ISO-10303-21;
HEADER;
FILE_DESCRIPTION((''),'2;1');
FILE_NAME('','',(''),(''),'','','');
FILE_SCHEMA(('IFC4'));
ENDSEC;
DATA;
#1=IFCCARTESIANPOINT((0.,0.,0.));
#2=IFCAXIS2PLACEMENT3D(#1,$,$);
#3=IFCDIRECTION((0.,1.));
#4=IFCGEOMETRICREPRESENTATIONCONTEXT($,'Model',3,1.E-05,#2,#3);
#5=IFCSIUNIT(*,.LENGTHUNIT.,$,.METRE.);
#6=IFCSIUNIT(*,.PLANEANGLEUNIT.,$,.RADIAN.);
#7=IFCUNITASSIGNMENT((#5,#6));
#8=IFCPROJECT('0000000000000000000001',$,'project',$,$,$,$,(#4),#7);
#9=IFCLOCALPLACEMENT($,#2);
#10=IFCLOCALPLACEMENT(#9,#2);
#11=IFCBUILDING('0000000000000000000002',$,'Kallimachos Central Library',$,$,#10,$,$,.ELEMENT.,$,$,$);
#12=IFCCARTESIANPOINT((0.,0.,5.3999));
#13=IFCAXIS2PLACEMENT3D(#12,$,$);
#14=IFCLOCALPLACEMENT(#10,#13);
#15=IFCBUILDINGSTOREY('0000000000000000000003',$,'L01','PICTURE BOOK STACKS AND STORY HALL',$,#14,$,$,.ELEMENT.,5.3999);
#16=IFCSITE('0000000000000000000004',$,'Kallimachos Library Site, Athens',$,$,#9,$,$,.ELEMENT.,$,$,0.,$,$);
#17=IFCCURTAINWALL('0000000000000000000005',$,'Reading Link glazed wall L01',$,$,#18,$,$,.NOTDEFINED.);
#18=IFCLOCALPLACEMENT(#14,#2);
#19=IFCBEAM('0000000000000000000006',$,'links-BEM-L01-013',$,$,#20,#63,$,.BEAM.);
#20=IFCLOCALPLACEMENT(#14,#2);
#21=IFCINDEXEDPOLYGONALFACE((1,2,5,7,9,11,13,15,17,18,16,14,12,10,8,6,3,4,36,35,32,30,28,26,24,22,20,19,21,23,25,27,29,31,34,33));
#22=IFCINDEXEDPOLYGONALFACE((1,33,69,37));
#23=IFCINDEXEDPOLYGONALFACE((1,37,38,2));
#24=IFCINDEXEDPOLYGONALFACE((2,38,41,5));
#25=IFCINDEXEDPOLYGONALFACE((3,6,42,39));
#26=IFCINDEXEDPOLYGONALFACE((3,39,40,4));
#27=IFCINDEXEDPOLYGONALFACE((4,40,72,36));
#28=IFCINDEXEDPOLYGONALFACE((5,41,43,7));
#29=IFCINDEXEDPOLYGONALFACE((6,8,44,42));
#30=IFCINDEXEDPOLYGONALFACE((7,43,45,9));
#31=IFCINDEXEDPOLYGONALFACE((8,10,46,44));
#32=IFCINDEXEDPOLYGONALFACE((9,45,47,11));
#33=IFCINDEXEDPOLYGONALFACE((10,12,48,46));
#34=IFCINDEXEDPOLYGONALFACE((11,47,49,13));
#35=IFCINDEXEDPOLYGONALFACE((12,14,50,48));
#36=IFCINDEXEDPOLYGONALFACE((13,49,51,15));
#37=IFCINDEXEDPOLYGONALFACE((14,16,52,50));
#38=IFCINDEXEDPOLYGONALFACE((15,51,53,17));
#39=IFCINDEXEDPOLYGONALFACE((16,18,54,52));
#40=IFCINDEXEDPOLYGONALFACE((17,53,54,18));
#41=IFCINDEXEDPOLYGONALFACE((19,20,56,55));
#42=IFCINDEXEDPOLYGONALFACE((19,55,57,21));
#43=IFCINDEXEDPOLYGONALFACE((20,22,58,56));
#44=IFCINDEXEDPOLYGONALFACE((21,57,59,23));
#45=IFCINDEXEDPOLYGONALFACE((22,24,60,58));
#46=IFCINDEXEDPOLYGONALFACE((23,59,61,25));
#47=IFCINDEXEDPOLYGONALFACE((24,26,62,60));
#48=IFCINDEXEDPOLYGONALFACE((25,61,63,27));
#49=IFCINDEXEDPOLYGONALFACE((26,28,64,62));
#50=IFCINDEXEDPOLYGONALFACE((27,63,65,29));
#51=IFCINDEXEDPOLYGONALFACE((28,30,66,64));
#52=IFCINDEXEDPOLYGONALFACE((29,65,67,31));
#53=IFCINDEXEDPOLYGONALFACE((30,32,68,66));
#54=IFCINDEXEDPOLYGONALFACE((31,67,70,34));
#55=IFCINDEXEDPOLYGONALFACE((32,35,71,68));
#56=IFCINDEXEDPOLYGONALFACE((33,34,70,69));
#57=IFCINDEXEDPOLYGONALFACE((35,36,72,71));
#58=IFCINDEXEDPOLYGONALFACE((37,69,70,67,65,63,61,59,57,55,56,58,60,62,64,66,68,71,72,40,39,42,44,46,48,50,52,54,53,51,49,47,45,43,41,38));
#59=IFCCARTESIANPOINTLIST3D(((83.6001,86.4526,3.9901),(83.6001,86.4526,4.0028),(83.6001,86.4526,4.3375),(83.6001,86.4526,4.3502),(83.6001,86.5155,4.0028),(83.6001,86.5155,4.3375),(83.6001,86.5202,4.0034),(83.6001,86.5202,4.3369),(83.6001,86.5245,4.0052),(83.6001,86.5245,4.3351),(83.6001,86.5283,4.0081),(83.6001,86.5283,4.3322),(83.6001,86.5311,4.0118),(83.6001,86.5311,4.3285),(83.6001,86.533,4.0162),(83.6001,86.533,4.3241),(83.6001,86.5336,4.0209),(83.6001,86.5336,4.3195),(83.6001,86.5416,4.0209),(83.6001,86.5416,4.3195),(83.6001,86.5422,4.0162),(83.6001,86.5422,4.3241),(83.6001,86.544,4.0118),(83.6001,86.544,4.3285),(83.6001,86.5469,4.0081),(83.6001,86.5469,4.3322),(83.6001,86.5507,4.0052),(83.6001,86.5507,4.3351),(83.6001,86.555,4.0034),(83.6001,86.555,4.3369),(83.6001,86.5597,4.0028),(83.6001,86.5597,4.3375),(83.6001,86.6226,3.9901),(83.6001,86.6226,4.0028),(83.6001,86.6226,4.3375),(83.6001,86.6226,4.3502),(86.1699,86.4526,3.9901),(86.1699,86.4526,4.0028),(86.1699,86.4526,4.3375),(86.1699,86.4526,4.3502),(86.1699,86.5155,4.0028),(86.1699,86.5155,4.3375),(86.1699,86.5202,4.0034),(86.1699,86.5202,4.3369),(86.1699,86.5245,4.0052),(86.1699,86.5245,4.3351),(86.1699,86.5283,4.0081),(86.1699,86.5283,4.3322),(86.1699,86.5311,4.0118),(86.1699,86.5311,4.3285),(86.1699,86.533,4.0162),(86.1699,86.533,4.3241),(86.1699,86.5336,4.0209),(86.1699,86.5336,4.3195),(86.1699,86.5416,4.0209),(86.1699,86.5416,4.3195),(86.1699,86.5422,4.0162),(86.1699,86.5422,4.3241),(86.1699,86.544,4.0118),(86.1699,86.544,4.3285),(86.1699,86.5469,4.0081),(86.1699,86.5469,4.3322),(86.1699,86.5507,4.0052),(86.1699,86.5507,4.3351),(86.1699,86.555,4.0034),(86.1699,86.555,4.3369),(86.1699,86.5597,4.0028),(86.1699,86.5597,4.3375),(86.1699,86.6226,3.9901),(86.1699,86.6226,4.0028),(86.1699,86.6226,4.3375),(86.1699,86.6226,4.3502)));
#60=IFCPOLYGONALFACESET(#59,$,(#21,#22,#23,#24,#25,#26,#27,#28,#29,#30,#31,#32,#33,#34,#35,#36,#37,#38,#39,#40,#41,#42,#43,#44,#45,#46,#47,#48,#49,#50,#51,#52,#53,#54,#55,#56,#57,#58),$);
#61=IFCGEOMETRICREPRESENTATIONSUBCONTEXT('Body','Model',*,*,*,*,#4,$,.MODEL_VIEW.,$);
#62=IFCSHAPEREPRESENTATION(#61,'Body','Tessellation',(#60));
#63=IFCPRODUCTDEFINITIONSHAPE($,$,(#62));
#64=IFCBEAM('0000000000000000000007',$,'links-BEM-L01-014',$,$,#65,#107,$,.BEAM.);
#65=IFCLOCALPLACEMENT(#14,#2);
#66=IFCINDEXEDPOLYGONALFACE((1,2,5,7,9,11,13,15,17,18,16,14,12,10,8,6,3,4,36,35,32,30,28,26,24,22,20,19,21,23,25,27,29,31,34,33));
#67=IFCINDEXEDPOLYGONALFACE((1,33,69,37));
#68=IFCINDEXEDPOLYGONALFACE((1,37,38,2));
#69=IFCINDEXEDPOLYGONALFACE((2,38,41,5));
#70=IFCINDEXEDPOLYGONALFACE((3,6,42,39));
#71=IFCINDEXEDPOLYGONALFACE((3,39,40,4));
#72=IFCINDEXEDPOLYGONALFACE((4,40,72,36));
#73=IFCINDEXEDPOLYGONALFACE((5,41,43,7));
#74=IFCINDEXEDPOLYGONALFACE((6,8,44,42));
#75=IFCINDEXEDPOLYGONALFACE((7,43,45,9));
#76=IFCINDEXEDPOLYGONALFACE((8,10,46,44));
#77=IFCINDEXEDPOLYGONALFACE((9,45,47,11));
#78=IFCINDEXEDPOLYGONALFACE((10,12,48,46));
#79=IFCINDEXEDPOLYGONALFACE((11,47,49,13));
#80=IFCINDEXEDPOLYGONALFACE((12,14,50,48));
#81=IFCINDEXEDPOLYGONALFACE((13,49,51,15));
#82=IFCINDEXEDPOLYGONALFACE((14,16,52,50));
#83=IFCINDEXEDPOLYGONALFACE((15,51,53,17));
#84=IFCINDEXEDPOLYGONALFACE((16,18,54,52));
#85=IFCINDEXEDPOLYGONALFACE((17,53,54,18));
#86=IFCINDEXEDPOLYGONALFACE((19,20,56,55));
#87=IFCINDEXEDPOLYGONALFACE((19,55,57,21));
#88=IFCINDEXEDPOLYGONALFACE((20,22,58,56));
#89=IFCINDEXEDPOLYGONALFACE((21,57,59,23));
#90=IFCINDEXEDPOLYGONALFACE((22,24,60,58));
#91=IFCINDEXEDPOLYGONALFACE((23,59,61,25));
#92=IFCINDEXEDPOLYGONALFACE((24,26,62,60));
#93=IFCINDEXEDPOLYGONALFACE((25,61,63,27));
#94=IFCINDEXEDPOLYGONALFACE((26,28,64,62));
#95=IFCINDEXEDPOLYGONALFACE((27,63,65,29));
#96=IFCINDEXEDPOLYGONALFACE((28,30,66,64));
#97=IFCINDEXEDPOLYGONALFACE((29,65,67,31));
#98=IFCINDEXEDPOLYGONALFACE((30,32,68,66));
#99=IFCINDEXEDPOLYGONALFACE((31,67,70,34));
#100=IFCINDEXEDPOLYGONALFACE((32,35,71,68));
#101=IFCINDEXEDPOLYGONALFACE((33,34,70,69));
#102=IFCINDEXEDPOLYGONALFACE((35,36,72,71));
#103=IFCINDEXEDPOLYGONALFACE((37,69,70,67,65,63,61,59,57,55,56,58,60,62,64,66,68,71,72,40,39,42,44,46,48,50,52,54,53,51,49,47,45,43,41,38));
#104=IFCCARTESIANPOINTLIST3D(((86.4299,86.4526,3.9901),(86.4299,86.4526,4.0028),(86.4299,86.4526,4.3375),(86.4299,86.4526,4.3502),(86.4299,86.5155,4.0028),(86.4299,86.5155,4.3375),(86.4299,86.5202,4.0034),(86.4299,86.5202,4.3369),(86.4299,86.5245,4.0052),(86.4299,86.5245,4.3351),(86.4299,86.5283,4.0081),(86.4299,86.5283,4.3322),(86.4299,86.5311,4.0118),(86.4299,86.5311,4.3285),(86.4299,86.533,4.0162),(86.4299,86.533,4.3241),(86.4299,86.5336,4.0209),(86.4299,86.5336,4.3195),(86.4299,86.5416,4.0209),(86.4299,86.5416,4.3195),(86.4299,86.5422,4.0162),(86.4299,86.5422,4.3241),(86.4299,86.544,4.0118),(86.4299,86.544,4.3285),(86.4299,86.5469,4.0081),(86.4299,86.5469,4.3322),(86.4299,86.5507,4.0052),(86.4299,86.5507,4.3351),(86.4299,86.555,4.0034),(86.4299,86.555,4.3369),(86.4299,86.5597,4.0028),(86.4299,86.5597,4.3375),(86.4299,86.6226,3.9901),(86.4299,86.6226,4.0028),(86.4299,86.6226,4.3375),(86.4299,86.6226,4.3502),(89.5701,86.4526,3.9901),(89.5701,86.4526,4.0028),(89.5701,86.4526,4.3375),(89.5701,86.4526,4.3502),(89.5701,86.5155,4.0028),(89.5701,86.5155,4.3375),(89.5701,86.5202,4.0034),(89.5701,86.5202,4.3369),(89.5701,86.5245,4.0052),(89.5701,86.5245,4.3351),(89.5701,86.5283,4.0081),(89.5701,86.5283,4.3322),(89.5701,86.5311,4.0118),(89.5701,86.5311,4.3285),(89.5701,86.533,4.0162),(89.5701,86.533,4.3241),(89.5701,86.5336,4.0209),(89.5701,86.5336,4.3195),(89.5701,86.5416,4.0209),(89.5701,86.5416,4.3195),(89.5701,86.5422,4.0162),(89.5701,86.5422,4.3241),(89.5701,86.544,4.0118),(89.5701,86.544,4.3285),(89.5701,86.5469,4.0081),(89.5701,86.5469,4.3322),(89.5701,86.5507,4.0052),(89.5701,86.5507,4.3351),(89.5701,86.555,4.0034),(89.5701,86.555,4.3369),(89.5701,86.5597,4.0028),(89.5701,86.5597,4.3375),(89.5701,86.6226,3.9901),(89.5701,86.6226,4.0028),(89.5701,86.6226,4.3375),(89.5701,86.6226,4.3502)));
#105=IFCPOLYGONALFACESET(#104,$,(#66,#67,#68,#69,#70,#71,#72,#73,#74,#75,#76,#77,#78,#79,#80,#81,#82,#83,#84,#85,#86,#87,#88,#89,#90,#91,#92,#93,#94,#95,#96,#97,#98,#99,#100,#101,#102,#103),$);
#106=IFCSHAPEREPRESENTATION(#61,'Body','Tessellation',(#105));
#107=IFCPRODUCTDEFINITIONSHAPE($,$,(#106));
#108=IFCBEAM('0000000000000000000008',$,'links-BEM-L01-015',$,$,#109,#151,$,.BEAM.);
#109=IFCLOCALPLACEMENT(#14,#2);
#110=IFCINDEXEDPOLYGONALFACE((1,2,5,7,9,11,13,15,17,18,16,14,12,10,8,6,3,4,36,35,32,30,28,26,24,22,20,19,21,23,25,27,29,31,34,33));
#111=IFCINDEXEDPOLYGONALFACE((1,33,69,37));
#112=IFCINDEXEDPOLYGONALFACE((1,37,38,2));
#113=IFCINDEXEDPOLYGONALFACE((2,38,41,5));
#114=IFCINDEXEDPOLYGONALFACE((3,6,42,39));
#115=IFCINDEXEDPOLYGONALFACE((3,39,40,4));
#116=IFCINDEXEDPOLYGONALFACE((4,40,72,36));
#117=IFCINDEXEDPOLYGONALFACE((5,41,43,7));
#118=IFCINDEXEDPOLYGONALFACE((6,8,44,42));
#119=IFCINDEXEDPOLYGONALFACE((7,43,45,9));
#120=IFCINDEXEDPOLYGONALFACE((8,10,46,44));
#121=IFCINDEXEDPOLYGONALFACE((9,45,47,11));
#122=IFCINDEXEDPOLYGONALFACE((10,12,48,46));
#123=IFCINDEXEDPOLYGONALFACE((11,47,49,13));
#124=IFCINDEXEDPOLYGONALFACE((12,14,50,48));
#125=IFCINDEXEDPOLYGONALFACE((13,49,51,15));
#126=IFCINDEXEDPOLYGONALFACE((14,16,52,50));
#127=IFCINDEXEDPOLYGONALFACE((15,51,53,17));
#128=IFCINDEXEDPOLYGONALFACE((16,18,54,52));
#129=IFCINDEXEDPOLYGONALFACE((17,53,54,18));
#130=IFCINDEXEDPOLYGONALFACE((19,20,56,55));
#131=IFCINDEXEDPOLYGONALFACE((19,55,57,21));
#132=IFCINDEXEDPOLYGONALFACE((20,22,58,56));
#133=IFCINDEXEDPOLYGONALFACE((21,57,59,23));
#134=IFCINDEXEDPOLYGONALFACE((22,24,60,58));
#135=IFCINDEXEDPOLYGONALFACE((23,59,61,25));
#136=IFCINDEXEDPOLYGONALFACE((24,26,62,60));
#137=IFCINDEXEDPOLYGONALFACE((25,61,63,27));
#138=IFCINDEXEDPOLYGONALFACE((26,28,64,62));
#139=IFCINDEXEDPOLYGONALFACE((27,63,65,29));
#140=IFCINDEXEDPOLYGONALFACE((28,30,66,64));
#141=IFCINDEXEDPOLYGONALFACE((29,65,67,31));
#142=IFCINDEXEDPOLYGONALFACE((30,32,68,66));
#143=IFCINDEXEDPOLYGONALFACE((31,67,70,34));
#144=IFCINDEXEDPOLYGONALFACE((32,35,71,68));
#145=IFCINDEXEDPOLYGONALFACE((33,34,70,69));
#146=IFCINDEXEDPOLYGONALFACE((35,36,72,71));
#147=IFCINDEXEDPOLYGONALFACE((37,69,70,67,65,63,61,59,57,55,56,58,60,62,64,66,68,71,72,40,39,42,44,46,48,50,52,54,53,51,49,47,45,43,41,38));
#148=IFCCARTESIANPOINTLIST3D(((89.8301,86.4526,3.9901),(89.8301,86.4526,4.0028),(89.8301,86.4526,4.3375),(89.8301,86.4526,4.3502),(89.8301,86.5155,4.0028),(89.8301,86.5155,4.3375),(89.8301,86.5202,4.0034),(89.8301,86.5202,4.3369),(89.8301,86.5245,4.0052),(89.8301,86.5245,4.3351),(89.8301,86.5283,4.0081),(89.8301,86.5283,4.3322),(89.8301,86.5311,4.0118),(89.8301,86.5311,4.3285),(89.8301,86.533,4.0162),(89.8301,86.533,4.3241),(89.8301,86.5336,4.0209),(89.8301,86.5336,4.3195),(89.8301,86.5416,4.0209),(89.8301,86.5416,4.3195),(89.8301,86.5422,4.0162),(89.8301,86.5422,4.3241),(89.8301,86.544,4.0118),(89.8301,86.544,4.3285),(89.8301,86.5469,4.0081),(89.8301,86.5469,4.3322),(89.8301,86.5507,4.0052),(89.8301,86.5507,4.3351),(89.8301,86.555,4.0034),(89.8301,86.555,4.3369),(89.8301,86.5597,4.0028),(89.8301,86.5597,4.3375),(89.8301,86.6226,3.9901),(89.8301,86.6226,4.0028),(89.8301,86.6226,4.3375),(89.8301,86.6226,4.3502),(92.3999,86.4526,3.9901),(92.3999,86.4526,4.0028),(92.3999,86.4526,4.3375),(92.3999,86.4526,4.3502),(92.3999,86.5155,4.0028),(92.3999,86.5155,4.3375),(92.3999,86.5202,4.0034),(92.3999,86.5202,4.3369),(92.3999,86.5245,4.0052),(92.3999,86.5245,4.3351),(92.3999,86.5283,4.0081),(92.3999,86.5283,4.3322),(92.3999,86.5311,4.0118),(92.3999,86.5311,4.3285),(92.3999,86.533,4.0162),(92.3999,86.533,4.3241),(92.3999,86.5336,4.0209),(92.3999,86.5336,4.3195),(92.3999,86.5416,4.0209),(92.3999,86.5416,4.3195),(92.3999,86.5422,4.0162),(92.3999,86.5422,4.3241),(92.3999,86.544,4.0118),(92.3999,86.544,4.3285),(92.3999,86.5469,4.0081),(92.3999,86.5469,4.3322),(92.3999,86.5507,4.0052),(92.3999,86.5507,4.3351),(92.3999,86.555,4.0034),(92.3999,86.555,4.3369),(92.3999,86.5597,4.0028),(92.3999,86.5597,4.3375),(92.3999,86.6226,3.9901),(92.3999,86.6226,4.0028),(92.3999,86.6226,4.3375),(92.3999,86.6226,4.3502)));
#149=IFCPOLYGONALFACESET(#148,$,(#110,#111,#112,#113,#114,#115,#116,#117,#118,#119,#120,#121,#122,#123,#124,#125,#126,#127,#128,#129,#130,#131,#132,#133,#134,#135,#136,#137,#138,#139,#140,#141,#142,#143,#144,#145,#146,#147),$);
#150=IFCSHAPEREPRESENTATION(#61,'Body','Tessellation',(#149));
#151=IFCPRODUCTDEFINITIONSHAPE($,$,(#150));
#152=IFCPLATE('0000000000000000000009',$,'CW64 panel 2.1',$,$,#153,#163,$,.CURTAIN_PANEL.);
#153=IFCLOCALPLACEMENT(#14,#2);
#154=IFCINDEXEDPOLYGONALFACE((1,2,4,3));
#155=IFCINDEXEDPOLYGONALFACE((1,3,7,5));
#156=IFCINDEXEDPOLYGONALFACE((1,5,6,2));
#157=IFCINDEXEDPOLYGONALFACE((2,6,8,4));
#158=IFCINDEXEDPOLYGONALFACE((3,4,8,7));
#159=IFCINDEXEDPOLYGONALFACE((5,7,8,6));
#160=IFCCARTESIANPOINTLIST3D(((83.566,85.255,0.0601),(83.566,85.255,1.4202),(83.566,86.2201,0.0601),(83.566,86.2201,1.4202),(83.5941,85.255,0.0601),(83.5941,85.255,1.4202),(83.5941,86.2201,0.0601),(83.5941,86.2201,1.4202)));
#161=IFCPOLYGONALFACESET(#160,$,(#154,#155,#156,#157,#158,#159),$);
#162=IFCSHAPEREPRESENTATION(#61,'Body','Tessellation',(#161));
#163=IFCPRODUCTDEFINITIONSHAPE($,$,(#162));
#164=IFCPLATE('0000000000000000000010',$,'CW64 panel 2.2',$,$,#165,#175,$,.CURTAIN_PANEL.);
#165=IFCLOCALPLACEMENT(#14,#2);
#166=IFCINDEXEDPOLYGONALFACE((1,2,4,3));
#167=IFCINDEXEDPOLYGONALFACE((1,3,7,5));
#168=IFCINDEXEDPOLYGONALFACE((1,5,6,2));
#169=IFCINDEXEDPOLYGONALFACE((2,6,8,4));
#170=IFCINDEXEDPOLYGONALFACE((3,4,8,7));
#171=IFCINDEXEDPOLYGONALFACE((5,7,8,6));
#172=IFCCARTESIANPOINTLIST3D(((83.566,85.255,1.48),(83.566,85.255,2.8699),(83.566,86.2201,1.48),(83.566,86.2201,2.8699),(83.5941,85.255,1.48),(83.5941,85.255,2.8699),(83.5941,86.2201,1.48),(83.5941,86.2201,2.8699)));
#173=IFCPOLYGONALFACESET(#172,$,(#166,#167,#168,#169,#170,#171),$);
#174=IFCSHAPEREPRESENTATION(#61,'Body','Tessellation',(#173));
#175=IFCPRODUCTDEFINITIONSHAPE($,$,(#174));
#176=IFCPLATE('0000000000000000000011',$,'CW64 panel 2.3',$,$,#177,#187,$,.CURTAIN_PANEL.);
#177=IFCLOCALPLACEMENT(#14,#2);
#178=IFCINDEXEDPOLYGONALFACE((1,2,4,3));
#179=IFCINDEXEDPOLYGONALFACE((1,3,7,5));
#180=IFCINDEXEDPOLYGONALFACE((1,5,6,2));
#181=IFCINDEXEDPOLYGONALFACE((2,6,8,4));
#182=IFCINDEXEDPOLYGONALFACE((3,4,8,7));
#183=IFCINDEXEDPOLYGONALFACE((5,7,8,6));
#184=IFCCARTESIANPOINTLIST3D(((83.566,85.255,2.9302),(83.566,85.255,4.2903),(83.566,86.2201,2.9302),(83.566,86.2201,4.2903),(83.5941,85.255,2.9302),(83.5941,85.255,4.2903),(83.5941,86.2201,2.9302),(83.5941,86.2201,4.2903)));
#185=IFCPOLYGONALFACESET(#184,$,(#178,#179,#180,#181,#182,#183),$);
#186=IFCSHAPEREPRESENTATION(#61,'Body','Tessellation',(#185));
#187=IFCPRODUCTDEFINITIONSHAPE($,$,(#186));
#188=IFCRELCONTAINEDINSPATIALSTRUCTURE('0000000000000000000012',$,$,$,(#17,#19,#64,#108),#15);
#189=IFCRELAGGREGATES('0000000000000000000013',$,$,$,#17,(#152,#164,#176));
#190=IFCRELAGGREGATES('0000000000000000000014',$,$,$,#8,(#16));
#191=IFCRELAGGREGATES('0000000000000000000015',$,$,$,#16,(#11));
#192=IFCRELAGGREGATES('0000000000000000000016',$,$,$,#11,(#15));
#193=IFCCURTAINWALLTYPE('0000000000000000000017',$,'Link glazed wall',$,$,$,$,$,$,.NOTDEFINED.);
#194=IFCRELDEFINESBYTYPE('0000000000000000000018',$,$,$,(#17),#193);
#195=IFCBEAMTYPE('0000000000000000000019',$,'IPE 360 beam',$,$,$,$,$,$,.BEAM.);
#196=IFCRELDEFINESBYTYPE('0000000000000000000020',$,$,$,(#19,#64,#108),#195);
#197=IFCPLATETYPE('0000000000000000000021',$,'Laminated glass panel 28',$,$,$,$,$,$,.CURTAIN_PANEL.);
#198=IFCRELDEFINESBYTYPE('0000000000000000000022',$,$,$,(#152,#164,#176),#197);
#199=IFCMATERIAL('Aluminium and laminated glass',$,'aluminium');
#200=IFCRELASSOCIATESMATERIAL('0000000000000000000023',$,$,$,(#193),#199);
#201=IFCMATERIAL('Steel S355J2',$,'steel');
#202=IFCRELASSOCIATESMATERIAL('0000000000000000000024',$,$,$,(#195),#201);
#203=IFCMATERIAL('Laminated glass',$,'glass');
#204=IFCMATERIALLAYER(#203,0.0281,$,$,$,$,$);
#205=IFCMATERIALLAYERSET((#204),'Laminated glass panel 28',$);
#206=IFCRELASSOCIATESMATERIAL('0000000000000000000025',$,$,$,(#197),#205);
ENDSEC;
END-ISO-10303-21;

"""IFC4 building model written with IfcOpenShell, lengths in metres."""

from ifc_helpers import new_model, si_unit, direction, frame, origin, origin_2d, place, context, subcontext, project, spatial, rectangle, i_section, extrude, material, layer, layer_set, material_profile, profile_set, type_object, element, aggregate, save


model = new_model("IFC4")

# Units and contexts
model_context = context("Model", 3, precision=1e-05, world=origin(), true_north=direction((0.0, 1.0)))
body_context = subcontext(model_context, "Body", "Model", "MODEL_VIEW")
ifc_project = project(units=[si_unit("LENGTHUNIT", "METRE"), si_unit("PLANEANGLEUNIT", "RADIAN")], contexts=[model_context])

# Site, building, storey
site_placement = place(None, origin())
site = spatial("IfcSite", under=ifc_project, at=site_placement, Name="Kallimachos Library Site, Athens", CompositionType="ELEMENT", RefElevation=0.0)
building_placement = place(site_placement, origin())
building = spatial("IfcBuilding", under=site, at=building_placement, Name="Kallimachos Central Library", CompositionType="ELEMENT")
storey_placement = place(building_placement, frame((0.0, 0.0, 5.3999)))
storey = spatial("IfcBuildingStorey", under=building, at=storey_placement, Name="L01", Description="PICTURE BOOK STACKS AND STORY HALL", CompositionType="ELEMENT", Elevation=5.3999)

# Curtain wall
ifc_material_1 = material(Name="Aluminium and laminated glass", Category="aluminium")
curtain_wall_type = type_object("IfcCurtainWallType", Name="Link glazed wall", PredefinedType="NOTDEFINED", material=ifc_material_1)
curtain_wall_placement = place(storey_placement, origin())
curtain_wall = element("IfcCurtainWall", 1, at=curtain_wall_placement, inside=storey, type_object=curtain_wall_type, Name="Reading Link glazed wall L01", PredefinedType="NOTDEFINED")

# Beams
ifc_material_2 = material(Name="Steel S355J2", Category="steel")
ifc_material_profile_1 = material_profile(ifc_material_2, i_section(OverallWidth=0.1699, OverallDepth=0.3601, WebThickness=0.0081, FlangeThickness=0.0127, FilletRadius=0.0181, at=origin_2d()), Name="IPE 360")
ifc_profile_set_1 = profile_set([ifc_material_profile_1], Name="Steel S355J2")
beam_type_1 = type_object("IfcBeamType", Name="IPE 360 beam", PredefinedType="BEAM", material=ifc_profile_set_1)
for number, where, z_axis, x_axis, name in (
    (2, (83.6001, 86.5376, 4.1702), (1.0, 0.0, 0.0), (0.0, 1.0, 0.0), "links-BEM-L01-013"),
):
    element("IfcBeam", number, at=place(storey_placement, frame(where, z_axis=z_axis, x_axis=x_axis)), inside=storey, type_object=beam_type_1, Name=name, PredefinedType="BEAM", context=body_context, shape_type="SweptSolid", body=[
        extrude(i_section(OverallWidth=0.1699, OverallDepth=0.3601, WebThickness=0.0081, FlangeThickness=0.0127, FilletRadius=0.0181, at=origin_2d()), origin(), (0.0, 0.0, 1.0), 2.5698),
    ])
beam_1_placement = place(storey_placement, frame((86.4299, 86.5376, 4.1702), z_axis=(1.0, 0.0, 0.0), x_axis=(0.0, 1.0, 0.0)))
element("IfcBeam", 3, at=beam_1_placement, inside=storey, type_object=beam_type_1, Name="links-BEM-L01-014", PredefinedType="BEAM", context=body_context, shape_type="SweptSolid", body=[
    extrude(i_section(OverallWidth=0.1699, OverallDepth=0.3601, WebThickness=0.0081, FlangeThickness=0.0127, FilletRadius=0.0181, at=origin_2d()), origin(), (0.0, 0.0, 1.0), 3.1401),
])
beam_2_placement = place(storey_placement, frame((89.8301, 86.5376, 4.1702), z_axis=(1.0, 0.0, 0.0), x_axis=(0.0, 1.0, 0.0)))
element("IfcBeam", 4, at=beam_2_placement, inside=storey, type_object=beam_type_1, Name="links-BEM-L01-015", PredefinedType="BEAM", context=body_context, shape_type="SweptSolid", body=[
    extrude(i_section(OverallWidth=0.1699, OverallDepth=0.3601, WebThickness=0.0081, FlangeThickness=0.0127, FilletRadius=0.0181, at=origin_2d()), origin(), (0.0, 0.0, 1.0), 2.5698),
])

# Plates
ifc_material_3 = material(Name="Laminated glass", Category="glass")
ifc_layer = layer(ifc_material_3, 0.0281)
ifc_layer_set = layer_set([ifc_layer], Name="Laminated glass panel 28")
plate_type = type_object("IfcPlateType", Name="Laminated glass panel 28", PredefinedType="CURTAIN_PANEL", material=ifc_layer_set)
plate_1_placement = place(storey_placement, frame((83.5801, 85.7375, 0.0601), z_axis=(0.0, 0.0, 1.0), x_axis=(0.0, 1.0, 0.0)))
plate_1 = element("IfcPlate", 5, at=plate_1_placement, type_object=plate_type, Name="CW64 panel 2.1", PredefinedType="CURTAIN_PANEL", context=body_context, shape_type="SweptSolid", body=[
    extrude(rectangle(XDim=0.9651, YDim=0.0281, at=origin_2d()), origin(), (0.0, 0.0, 1.0), 1.3601),
])
plate_2_placement = place(storey_placement, frame((83.5801, 85.7375, 1.48), z_axis=(0.0, 0.0, 1.0), x_axis=(0.0, 1.0, 0.0)))
plate_2 = element("IfcPlate", 6, at=plate_2_placement, type_object=plate_type, Name="CW64 panel 2.2", PredefinedType="CURTAIN_PANEL", context=body_context, shape_type="SweptSolid", body=[
    extrude(rectangle(XDim=0.9651, YDim=0.0281, at=origin_2d()), origin(), (0.0, 0.0, 1.0), 1.3899),
])
plate_3_placement = place(storey_placement, frame((83.5801, 85.7375, 2.9302), z_axis=(0.0, 0.0, 1.0), x_axis=(0.0, 1.0, 0.0)))
plate_3 = element("IfcPlate", 7, at=plate_3_placement, type_object=plate_type, Name="CW64 panel 2.3", PredefinedType="CURTAIN_PANEL", context=body_context, shape_type="SweptSolid", body=[
    extrude(rectangle(XDim=0.9651, YDim=0.0281, at=origin_2d()), origin(), (0.0, 0.0, 1.0), 1.3601),
])
aggregate(curtain_wall, [plate_1, plate_2, plate_3])

save(model, "model.ifc")
